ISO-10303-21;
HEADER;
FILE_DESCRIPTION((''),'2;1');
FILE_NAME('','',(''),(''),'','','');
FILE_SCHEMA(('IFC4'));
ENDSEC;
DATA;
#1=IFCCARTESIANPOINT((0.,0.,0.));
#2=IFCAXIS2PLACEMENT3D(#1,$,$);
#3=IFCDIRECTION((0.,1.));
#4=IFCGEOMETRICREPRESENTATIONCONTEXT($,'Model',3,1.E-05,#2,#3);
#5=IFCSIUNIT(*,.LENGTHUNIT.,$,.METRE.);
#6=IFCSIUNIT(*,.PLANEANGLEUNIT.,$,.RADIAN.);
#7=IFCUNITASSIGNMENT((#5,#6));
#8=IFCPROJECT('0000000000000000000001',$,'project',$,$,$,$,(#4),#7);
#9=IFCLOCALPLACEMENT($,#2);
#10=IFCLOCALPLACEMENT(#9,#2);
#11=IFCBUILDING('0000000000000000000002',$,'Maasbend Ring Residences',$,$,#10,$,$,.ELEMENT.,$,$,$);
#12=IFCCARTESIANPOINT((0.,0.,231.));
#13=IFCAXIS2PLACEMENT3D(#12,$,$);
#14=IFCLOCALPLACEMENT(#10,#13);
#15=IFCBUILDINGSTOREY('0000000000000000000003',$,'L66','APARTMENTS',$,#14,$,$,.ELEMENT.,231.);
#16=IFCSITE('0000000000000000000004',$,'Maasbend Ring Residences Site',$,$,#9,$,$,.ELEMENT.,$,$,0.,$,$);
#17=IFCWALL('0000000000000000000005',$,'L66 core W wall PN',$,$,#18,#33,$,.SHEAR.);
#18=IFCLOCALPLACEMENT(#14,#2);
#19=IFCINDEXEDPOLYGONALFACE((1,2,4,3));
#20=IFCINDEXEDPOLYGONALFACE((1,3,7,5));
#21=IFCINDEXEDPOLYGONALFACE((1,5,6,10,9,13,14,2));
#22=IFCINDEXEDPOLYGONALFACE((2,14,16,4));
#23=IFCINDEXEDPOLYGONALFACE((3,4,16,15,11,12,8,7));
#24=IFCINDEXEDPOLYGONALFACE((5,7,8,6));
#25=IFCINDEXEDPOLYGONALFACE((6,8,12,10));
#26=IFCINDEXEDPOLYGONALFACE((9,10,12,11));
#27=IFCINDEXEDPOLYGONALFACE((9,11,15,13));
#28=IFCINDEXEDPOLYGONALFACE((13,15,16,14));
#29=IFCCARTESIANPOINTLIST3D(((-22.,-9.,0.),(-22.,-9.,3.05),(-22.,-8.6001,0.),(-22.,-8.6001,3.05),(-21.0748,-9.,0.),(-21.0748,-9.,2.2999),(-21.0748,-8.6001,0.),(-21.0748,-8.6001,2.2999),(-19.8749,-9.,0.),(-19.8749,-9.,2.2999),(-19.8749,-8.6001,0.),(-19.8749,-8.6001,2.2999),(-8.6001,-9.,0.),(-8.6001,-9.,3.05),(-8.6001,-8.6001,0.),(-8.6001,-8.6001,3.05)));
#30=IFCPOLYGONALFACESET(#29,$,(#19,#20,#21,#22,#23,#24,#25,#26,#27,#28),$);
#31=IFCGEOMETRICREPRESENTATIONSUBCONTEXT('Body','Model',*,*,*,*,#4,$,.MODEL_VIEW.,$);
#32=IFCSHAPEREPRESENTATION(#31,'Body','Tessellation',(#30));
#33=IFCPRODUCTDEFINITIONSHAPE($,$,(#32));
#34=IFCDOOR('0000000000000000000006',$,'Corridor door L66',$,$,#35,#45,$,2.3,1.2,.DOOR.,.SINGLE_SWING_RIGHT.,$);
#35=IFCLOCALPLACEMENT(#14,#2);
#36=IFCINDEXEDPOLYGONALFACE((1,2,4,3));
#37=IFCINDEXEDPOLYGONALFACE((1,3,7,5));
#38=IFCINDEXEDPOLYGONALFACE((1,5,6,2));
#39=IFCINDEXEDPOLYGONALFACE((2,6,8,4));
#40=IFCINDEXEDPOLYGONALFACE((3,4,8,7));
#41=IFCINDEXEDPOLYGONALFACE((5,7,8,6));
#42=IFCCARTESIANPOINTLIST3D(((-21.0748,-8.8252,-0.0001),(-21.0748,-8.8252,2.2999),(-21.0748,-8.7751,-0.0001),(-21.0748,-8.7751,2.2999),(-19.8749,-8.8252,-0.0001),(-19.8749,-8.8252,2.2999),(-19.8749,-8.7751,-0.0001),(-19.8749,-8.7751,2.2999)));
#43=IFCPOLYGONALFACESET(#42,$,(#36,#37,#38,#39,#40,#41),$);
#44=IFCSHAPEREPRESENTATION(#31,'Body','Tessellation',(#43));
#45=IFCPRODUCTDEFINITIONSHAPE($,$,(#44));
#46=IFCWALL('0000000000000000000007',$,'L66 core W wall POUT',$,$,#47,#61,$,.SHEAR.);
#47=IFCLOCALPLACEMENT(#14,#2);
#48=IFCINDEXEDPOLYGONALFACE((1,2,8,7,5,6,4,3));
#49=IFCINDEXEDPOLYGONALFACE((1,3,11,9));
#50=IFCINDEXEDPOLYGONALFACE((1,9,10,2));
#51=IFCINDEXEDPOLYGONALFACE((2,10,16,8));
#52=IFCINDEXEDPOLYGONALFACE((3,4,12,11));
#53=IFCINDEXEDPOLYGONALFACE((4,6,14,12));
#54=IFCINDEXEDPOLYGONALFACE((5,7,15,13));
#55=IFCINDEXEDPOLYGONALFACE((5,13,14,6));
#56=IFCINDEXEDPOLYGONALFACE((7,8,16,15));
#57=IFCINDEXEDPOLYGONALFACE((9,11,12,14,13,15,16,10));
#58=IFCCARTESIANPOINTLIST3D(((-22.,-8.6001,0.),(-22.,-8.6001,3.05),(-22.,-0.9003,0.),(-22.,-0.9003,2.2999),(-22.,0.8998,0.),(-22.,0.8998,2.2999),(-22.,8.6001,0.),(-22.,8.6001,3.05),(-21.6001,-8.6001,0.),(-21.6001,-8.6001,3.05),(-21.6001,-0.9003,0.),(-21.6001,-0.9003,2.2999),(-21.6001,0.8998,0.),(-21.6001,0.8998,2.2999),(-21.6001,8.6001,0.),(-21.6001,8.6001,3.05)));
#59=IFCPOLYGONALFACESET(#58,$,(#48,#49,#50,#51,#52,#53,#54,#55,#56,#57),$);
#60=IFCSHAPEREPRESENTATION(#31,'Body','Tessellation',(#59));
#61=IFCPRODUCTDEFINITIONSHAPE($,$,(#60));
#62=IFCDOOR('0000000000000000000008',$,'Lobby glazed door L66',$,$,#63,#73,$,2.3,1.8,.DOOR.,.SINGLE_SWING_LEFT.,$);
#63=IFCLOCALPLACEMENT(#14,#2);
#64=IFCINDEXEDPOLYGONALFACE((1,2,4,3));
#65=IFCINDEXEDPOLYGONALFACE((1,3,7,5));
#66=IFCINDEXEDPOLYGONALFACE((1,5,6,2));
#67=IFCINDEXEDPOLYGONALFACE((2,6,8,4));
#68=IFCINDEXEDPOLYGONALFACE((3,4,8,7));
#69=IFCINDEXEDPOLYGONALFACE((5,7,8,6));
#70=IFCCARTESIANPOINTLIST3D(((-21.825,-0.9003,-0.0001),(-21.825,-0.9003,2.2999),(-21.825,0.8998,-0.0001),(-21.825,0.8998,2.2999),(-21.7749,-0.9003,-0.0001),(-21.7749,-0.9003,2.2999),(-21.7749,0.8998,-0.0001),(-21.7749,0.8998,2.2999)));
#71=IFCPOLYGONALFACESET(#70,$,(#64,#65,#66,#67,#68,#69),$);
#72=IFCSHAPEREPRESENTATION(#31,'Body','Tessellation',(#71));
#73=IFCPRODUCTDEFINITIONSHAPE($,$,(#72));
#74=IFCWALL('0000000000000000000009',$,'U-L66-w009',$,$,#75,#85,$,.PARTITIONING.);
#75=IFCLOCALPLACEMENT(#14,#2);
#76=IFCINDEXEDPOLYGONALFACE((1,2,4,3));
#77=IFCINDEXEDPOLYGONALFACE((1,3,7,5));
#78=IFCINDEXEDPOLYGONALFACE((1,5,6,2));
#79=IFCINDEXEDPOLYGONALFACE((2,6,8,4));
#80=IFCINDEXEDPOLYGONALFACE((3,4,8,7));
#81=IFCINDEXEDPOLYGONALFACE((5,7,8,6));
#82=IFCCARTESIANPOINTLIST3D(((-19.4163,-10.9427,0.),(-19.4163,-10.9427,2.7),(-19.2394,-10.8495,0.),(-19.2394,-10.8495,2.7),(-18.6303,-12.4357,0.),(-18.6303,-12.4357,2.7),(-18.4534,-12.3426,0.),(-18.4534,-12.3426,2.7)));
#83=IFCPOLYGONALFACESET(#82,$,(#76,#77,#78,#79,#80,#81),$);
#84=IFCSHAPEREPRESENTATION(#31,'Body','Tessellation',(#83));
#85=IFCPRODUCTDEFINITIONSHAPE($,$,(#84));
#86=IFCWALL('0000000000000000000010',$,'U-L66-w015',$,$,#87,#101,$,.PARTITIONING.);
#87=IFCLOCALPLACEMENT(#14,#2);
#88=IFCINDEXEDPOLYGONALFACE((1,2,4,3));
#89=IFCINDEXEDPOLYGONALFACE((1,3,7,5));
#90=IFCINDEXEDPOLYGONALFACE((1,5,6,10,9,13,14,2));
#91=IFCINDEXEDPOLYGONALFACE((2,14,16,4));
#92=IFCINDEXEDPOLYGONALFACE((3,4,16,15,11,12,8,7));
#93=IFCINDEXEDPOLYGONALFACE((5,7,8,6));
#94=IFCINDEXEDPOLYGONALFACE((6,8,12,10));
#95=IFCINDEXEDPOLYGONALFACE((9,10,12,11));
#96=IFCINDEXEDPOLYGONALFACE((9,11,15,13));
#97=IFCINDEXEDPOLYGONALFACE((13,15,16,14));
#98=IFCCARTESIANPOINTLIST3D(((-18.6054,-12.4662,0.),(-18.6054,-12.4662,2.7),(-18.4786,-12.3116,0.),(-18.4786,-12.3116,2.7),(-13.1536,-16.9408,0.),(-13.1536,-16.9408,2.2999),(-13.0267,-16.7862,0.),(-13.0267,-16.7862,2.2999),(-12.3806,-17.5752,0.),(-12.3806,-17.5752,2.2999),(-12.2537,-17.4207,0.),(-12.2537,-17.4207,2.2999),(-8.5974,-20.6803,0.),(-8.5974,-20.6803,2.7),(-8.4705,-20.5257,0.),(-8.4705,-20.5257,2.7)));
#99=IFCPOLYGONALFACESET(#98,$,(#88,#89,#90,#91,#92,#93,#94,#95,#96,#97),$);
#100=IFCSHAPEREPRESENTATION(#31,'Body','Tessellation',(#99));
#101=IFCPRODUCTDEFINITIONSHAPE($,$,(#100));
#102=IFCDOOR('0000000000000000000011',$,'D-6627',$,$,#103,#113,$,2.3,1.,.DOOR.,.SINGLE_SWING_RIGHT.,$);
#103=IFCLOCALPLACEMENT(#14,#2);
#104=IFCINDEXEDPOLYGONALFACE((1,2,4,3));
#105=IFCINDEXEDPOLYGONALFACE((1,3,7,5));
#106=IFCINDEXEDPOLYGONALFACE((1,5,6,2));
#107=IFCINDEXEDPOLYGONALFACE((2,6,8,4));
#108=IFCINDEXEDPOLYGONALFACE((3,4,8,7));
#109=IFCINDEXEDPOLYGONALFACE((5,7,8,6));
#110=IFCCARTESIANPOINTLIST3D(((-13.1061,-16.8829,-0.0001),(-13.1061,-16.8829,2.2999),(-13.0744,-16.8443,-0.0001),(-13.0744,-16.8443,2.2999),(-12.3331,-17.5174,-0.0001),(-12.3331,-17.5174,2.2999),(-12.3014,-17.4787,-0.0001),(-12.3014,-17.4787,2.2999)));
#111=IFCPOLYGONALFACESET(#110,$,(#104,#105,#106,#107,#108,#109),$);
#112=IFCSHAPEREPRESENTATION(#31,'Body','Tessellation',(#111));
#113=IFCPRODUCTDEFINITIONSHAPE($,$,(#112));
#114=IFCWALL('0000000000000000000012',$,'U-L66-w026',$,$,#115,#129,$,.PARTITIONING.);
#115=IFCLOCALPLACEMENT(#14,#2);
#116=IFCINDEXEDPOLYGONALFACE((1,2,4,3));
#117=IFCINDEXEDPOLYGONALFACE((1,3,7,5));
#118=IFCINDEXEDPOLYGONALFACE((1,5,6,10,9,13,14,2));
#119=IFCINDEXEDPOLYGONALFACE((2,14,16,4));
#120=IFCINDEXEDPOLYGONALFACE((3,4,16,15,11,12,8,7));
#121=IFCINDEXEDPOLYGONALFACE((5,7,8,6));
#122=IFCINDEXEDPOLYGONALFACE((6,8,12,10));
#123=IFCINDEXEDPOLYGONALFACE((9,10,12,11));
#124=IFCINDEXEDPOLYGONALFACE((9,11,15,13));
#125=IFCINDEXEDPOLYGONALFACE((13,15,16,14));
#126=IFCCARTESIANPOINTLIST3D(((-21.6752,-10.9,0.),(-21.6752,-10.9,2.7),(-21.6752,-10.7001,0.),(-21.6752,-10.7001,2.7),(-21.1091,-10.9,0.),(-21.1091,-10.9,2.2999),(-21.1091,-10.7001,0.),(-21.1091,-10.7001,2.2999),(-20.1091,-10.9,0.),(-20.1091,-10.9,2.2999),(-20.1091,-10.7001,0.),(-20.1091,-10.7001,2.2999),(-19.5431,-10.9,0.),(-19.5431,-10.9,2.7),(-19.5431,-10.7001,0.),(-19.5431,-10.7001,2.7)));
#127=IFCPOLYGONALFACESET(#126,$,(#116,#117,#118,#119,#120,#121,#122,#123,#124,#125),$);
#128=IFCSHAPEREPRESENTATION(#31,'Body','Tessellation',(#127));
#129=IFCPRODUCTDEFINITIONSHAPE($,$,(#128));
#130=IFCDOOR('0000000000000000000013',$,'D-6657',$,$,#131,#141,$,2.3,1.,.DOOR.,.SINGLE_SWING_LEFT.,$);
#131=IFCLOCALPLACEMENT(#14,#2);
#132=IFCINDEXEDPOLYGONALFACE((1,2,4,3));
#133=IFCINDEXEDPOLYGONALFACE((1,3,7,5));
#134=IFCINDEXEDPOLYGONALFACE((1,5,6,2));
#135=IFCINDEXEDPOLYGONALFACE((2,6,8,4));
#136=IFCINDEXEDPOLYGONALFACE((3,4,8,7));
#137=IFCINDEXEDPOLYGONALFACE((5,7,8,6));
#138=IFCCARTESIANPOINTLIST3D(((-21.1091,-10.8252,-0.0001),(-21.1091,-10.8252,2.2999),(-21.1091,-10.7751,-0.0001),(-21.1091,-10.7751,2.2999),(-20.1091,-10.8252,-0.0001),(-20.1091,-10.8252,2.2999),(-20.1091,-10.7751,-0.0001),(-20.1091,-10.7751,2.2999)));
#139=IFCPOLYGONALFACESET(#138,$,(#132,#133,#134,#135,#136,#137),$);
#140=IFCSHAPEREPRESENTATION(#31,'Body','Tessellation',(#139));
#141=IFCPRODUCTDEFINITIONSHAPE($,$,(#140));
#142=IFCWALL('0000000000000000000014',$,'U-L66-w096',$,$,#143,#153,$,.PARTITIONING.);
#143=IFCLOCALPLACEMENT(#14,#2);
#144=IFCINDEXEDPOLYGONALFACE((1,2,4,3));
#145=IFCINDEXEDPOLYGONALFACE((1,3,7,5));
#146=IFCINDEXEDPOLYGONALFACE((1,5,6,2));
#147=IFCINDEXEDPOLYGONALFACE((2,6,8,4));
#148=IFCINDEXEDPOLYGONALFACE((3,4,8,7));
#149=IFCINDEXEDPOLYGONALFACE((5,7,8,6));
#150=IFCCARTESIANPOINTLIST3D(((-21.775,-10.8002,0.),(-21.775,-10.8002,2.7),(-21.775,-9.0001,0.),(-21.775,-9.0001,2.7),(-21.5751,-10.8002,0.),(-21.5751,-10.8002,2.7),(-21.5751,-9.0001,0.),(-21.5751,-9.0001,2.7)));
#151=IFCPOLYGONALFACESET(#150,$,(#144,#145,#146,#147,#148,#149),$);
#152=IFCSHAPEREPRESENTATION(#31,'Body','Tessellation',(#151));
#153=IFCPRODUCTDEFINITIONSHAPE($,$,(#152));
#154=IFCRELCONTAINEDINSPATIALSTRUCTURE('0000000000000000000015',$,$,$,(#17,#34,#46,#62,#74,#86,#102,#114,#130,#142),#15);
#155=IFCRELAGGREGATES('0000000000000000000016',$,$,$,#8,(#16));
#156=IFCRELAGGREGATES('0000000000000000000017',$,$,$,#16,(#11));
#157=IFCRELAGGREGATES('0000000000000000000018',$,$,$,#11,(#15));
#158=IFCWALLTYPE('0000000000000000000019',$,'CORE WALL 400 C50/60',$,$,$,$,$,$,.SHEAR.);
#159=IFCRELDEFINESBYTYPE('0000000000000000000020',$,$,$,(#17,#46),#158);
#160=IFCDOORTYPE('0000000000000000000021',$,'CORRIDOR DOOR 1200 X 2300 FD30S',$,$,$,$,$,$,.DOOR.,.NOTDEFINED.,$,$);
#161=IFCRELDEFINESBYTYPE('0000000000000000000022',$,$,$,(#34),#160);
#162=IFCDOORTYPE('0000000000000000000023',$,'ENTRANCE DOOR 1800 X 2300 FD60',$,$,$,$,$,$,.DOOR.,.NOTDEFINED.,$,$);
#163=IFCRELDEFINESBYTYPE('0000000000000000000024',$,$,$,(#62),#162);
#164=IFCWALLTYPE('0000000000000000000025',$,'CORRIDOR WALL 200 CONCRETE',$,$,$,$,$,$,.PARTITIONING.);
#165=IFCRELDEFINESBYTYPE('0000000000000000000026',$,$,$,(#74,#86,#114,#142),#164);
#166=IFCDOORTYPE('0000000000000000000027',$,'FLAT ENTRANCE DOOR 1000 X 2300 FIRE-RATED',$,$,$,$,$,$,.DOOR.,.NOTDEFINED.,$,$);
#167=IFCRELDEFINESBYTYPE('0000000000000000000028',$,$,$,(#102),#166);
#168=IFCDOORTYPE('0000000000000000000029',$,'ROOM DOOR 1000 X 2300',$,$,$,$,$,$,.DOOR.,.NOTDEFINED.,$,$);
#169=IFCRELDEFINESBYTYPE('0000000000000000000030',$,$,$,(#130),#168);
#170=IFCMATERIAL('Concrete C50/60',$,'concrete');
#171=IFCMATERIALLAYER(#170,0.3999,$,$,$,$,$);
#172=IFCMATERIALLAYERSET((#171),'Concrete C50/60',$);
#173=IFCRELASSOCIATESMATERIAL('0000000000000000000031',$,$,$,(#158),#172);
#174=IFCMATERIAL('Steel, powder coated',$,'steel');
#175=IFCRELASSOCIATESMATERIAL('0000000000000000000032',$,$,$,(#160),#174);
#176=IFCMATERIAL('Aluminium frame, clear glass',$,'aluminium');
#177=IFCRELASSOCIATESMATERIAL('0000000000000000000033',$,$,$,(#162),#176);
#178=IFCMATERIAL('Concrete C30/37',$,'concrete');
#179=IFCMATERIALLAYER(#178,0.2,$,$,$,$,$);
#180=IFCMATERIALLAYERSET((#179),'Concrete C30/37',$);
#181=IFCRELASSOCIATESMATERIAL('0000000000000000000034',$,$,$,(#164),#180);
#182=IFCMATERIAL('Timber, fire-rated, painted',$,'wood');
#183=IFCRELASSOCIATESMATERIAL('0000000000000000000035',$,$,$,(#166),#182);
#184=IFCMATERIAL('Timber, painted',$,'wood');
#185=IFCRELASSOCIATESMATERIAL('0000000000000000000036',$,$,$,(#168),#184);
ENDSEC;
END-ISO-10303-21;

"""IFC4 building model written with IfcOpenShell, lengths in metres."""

from ifc_helpers import new_model, si_unit, direction, frame, frame_2d, origin, place, context, subcontext, project, spatial, rectangle, extrude, material, layer, layer_set, type_object, element, fill, save


model = new_model("IFC4")

# Units and contexts
model_context = context("Model", 3, precision=1e-05, world=origin(), true_north=direction((0.0, 1.0)))
body_context = subcontext(model_context, "Body", "Model", "MODEL_VIEW")
ifc_project = project(units=[si_unit("LENGTHUNIT", "METRE"), si_unit("PLANEANGLEUNIT", "RADIAN")], contexts=[model_context])

# Site, building, storey
site_placement = place(None, origin())
site = spatial("IfcSite", under=ifc_project, at=site_placement, Name="Maasbend Ring Residences Site", CompositionType="ELEMENT", RefElevation=0.0)
building_placement = place(site_placement, origin())
building = spatial("IfcBuilding", under=site, at=building_placement, Name="Maasbend Ring Residences", CompositionType="ELEMENT")
storey_placement = place(building_placement, frame((0.0, 0.0, 231.0)))
storey = spatial("IfcBuildingStorey", under=building, at=storey_placement, Name="L66", Description="APARTMENTS", CompositionType="ELEMENT", Elevation=231.0)

# Walls, openings, doors
ifc_material_1 = material(Name="Concrete C50/60", Category="concrete")
ifc_layer_1 = layer(ifc_material_1, 0.3999)
ifc_layer_set_1 = layer_set([ifc_layer_1], Name="Concrete C50/60")
wall_type_1 = type_object("IfcWallType", Name="CORE WALL 400 C50/60", PredefinedType="SHEAR", material=ifc_layer_set_1)
wall_1_placement = place(storey_placement, frame((-22.0, -8.8, 0.0), z_axis=(0.0, 0.0, 1.0), x_axis=(1.0, 0.0, 0.0)))
wall_1 = element("IfcWall", 1, at=wall_1_placement, inside=storey, type_object=wall_type_1, Name="L66 core W wall PN", PredefinedType="SHEAR", context=body_context, shape_type="SweptSolid", body=[
    extrude(rectangle(XDim=13.3999, YDim=0.3999, at=frame_2d((6.7, 0.0))), origin(), (0.0, 0.0, 1.0), 3.05),
])
opening_1_placement = place(wall_1_placement, frame((0.925, 0.0, 0.0)))
opening_1 = element("IfcOpeningElement", 2, at=opening_1_placement, cuts=wall_1, PredefinedType="OPENING", context=body_context, shape_type="SweptSolid", body=[
    extrude(rectangle(XDim=1.2, YDim=2.3, at=frame_2d((0.6001, 1.1499))), frame((0.0, 0.21, 0.0), z_axis=(0.0, -1.0, 0.0), x_axis=(1.0, 0.0, 0.0)), (0.0, 0.0, 1.0), 0.4199),
])
ifc_material_2 = material(Name="Steel, powder coated", Category="steel")
door_type_1 = type_object("IfcDoorType", Name="CORRIDOR DOOR 1200 X 2300 FD30S", OperationType="NOTDEFINED", PredefinedType="DOOR", material=ifc_material_2)
door_1_placement = place(opening_1_placement, origin())
door_1 = element("IfcDoor", 3, at=door_1_placement, inside=storey, type_object=door_type_1, Name="Corridor door L66", OperationType="SINGLE_SWING_RIGHT", OverallHeight=2.3, OverallWidth=1.2, PredefinedType="DOOR", context=body_context, shape_type="SweptSolid", body=[
    extrude(rectangle(XDim=1.2, YDim=2.3, at=frame_2d((0.6001, 1.1499))), frame((0.0, 0.0249, 0.0), z_axis=(0.0, -1.0, 0.0), x_axis=(1.0, 0.0, 0.0)), (0.0, 0.0, 1.0), 0.05),
])
fill(opening_1, door_1)
wall_2_placement = place(storey_placement, frame((-21.8, -8.6001, 0.0), z_axis=(0.0, 0.0, 1.0), x_axis=(0.0, 1.0, 0.0)))
wall_2 = element("IfcWall", 4, at=wall_2_placement, inside=storey, type_object=wall_type_1, Name="L66 core W wall POUT", PredefinedType="SHEAR", context=body_context, shape_type="SweptSolid", body=[
    extrude(rectangle(XDim=17.2002, YDim=0.3999, at=frame_2d((8.6001, 0.0))), origin(), (0.0, 0.0, 1.0), 3.05),
])
opening_2_placement = place(wall_2_placement, frame((7.7, 0.0, 0.0)))
opening_2 = element("IfcOpeningElement", 5, at=opening_2_placement, cuts=wall_2, PredefinedType="OPENING", context=body_context, shape_type="SweptSolid", body=[
    extrude(rectangle(XDim=1.8, YDim=2.3, at=frame_2d((0.8999, 1.1499))), frame((0.0, 0.21, 0.0), z_axis=(0.0, -1.0, 0.0), x_axis=(1.0, 0.0, 0.0)), (0.0, 0.0, 1.0), 0.4199),
])
ifc_material_3 = material(Name="Aluminium frame, clear glass", Category="aluminium")
door_type_2 = type_object("IfcDoorType", Name="ENTRANCE DOOR 1800 X 2300 FD60", OperationType="NOTDEFINED", PredefinedType="DOOR", material=ifc_material_3)
door_2_placement = place(opening_2_placement, origin())
door_2 = element("IfcDoor", 6, at=door_2_placement, inside=storey, type_object=door_type_2, Name="Lobby glazed door L66", OperationType="SINGLE_SWING_LEFT", OverallHeight=2.3, OverallWidth=1.8, PredefinedType="DOOR", context=body_context, shape_type="SweptSolid", body=[
    extrude(rectangle(XDim=1.8, YDim=2.3, at=frame_2d((0.8999, 1.1499))), frame((0.0, 0.0249, 0.0), z_axis=(0.0, -1.0, 0.0), x_axis=(1.0, 0.0, 0.0)), (0.0, 0.0, 1.0), 0.05),
])
fill(opening_2, door_2)

# Wall
ifc_material_4 = material(Name="Concrete C30/37", Category="concrete")
ifc_layer_2 = layer(ifc_material_4, 0.2)
ifc_layer_set_2 = layer_set([ifc_layer_2], Name="Concrete C30/37")
wall_type_2 = type_object("IfcWallType", Name="CORRIDOR WALL 200 CONCRETE", PredefinedType="PARTITIONING", material=ifc_layer_set_2)
wall_3_placement = place(storey_placement, frame((-19.3279, -10.896, 0.0), z_axis=(0.0, 0.0, 1.0), x_axis=(0.465812, -0.884884, 0.0)))
element("IfcWall", 7, at=wall_3_placement, inside=storey, type_object=wall_type_2, Name="U-L66-w009", PredefinedType="PARTITIONING", context=body_context, shape_type="SweptSolid", body=[
    extrude(rectangle(XDim=1.6873, YDim=0.2, at=frame_2d((0.8438, 0.0))), origin(), (0.0, 0.0, 1.0), 2.7),
])

# Walls, openings, doors
wall_4_placement = place(storey_placement, frame((-18.542, -12.3889, 0.0), z_axis=(0.0, 0.0, 1.0), x_axis=(0.772984, -0.634426, 0.0)))
wall_4 = element("IfcWall", 8, at=wall_4_placement, inside=storey, type_object=wall_type_2, Name="U-L66-w015", PredefinedType="PARTITIONING", context=body_context, shape_type="SweptSolid", body=[
    extrude(rectangle(XDim=12.9473, YDim=0.2, at=frame_2d((6.4736, 0.0))), origin(), (0.0, 0.0, 1.0), 2.7),
])
opening_3_placement = place(wall_4_placement, frame((7.053, 0.0, 0.0)))
opening_3 = element("IfcOpeningElement", 9, at=opening_3_placement, cuts=wall_4, PredefinedType="OPENING", context=body_context, shape_type="SweptSolid", body=[
    extrude(rectangle(XDim=1.0, YDim=2.3, at=frame_2d((0.5, 1.1499))), frame((0.0, 0.1099, 0.0), z_axis=(0.0, -1.0, 0.0), x_axis=(1.0, 0.0, 0.0)), (0.0, 0.0, 1.0), 0.22),
])
ifc_material_5 = material(Name="Timber, fire-rated, painted", Category="wood")
door_type_3 = type_object("IfcDoorType", Name="FLAT ENTRANCE DOOR 1000 X 2300 FIRE-RATED", OperationType="NOTDEFINED", PredefinedType="DOOR", material=ifc_material_5)
door_3_placement = place(opening_3_placement, origin())
door_3 = element("IfcDoor", 10, at=door_3_placement, inside=storey, type_object=door_type_3, Name="D-6627", OperationType="SINGLE_SWING_RIGHT", OverallHeight=2.3, OverallWidth=1.0, PredefinedType="DOOR", context=body_context, shape_type="SweptSolid", body=[
    extrude(rectangle(XDim=1.0, YDim=2.3, at=frame_2d((0.5, 1.1499))), frame((0.0, 0.0249, 0.0), z_axis=(0.0, -1.0, 0.0), x_axis=(1.0, 0.0, 0.0)), (0.0, 0.0, 1.0), 0.05),
])
fill(opening_3, door_3)
wall_5_placement = place(storey_placement, frame((-21.675, -10.8, 0.0), z_axis=(0.0, 0.0, 1.0), x_axis=(1.0, 0.0, 0.0)))
wall_5 = element("IfcWall", 11, at=wall_5_placement, inside=storey, type_object=wall_type_2, Name="U-L66-w026", PredefinedType="PARTITIONING", context=body_context, shape_type="SweptSolid", body=[
    extrude(rectangle(XDim=2.1321, YDim=0.2, at=frame_2d((1.0659, 0.0))), origin(), (0.0, 0.0, 1.0), 2.7),
])
opening_4_placement = place(wall_5_placement, frame((0.5659, 0.0, 0.0)))
opening_4 = element("IfcOpeningElement", 12, at=opening_4_placement, cuts=wall_5, PredefinedType="OPENING", context=body_context, shape_type="SweptSolid", body=[
    extrude(rectangle(XDim=1.0, YDim=2.3, at=frame_2d((0.5, 1.1499))), frame((0.0, 0.1099, 0.0), z_axis=(0.0, -1.0, 0.0), x_axis=(1.0, 0.0, 0.0)), (0.0, 0.0, 1.0), 0.22),
])
ifc_material_6 = material(Name="Timber, painted", Category="wood")
door_type_4 = type_object("IfcDoorType", Name="ROOM DOOR 1000 X 2300", OperationType="NOTDEFINED", PredefinedType="DOOR", material=ifc_material_6)
door_4_placement = place(opening_4_placement, origin())
door_4 = element("IfcDoor", 13, at=door_4_placement, inside=storey, type_object=door_type_4, Name="D-6657", OperationType="SINGLE_SWING_LEFT", OverallHeight=2.3, OverallWidth=1.0, PredefinedType="DOOR", context=body_context, shape_type="SweptSolid", body=[
    extrude(rectangle(XDim=1.0, YDim=2.3, at=frame_2d((0.5, 1.1499))), frame((0.0, 0.0249, 0.0), z_axis=(0.0, -1.0, 0.0), x_axis=(1.0, 0.0, 0.0)), (0.0, 0.0, 1.0), 0.05),
])
fill(opening_4, door_4)

# Wall
wall_6_placement = place(storey_placement, frame((-21.675, -10.8, 0.0), z_axis=(0.0, 0.0, 1.0), x_axis=(0.0, 1.0, 0.0)))
element("IfcWall", 14, at=wall_6_placement, inside=storey, type_object=wall_type_2, Name="U-L66-w096", PredefinedType="PARTITIONING", context=body_context, shape_type="SweptSolid", body=[
    extrude(rectangle(XDim=1.8, YDim=0.2, at=frame_2d((0.8999, 0.0))), origin(), (0.0, 0.0, 1.0), 2.7),
])

save(model, "model.ifc")
